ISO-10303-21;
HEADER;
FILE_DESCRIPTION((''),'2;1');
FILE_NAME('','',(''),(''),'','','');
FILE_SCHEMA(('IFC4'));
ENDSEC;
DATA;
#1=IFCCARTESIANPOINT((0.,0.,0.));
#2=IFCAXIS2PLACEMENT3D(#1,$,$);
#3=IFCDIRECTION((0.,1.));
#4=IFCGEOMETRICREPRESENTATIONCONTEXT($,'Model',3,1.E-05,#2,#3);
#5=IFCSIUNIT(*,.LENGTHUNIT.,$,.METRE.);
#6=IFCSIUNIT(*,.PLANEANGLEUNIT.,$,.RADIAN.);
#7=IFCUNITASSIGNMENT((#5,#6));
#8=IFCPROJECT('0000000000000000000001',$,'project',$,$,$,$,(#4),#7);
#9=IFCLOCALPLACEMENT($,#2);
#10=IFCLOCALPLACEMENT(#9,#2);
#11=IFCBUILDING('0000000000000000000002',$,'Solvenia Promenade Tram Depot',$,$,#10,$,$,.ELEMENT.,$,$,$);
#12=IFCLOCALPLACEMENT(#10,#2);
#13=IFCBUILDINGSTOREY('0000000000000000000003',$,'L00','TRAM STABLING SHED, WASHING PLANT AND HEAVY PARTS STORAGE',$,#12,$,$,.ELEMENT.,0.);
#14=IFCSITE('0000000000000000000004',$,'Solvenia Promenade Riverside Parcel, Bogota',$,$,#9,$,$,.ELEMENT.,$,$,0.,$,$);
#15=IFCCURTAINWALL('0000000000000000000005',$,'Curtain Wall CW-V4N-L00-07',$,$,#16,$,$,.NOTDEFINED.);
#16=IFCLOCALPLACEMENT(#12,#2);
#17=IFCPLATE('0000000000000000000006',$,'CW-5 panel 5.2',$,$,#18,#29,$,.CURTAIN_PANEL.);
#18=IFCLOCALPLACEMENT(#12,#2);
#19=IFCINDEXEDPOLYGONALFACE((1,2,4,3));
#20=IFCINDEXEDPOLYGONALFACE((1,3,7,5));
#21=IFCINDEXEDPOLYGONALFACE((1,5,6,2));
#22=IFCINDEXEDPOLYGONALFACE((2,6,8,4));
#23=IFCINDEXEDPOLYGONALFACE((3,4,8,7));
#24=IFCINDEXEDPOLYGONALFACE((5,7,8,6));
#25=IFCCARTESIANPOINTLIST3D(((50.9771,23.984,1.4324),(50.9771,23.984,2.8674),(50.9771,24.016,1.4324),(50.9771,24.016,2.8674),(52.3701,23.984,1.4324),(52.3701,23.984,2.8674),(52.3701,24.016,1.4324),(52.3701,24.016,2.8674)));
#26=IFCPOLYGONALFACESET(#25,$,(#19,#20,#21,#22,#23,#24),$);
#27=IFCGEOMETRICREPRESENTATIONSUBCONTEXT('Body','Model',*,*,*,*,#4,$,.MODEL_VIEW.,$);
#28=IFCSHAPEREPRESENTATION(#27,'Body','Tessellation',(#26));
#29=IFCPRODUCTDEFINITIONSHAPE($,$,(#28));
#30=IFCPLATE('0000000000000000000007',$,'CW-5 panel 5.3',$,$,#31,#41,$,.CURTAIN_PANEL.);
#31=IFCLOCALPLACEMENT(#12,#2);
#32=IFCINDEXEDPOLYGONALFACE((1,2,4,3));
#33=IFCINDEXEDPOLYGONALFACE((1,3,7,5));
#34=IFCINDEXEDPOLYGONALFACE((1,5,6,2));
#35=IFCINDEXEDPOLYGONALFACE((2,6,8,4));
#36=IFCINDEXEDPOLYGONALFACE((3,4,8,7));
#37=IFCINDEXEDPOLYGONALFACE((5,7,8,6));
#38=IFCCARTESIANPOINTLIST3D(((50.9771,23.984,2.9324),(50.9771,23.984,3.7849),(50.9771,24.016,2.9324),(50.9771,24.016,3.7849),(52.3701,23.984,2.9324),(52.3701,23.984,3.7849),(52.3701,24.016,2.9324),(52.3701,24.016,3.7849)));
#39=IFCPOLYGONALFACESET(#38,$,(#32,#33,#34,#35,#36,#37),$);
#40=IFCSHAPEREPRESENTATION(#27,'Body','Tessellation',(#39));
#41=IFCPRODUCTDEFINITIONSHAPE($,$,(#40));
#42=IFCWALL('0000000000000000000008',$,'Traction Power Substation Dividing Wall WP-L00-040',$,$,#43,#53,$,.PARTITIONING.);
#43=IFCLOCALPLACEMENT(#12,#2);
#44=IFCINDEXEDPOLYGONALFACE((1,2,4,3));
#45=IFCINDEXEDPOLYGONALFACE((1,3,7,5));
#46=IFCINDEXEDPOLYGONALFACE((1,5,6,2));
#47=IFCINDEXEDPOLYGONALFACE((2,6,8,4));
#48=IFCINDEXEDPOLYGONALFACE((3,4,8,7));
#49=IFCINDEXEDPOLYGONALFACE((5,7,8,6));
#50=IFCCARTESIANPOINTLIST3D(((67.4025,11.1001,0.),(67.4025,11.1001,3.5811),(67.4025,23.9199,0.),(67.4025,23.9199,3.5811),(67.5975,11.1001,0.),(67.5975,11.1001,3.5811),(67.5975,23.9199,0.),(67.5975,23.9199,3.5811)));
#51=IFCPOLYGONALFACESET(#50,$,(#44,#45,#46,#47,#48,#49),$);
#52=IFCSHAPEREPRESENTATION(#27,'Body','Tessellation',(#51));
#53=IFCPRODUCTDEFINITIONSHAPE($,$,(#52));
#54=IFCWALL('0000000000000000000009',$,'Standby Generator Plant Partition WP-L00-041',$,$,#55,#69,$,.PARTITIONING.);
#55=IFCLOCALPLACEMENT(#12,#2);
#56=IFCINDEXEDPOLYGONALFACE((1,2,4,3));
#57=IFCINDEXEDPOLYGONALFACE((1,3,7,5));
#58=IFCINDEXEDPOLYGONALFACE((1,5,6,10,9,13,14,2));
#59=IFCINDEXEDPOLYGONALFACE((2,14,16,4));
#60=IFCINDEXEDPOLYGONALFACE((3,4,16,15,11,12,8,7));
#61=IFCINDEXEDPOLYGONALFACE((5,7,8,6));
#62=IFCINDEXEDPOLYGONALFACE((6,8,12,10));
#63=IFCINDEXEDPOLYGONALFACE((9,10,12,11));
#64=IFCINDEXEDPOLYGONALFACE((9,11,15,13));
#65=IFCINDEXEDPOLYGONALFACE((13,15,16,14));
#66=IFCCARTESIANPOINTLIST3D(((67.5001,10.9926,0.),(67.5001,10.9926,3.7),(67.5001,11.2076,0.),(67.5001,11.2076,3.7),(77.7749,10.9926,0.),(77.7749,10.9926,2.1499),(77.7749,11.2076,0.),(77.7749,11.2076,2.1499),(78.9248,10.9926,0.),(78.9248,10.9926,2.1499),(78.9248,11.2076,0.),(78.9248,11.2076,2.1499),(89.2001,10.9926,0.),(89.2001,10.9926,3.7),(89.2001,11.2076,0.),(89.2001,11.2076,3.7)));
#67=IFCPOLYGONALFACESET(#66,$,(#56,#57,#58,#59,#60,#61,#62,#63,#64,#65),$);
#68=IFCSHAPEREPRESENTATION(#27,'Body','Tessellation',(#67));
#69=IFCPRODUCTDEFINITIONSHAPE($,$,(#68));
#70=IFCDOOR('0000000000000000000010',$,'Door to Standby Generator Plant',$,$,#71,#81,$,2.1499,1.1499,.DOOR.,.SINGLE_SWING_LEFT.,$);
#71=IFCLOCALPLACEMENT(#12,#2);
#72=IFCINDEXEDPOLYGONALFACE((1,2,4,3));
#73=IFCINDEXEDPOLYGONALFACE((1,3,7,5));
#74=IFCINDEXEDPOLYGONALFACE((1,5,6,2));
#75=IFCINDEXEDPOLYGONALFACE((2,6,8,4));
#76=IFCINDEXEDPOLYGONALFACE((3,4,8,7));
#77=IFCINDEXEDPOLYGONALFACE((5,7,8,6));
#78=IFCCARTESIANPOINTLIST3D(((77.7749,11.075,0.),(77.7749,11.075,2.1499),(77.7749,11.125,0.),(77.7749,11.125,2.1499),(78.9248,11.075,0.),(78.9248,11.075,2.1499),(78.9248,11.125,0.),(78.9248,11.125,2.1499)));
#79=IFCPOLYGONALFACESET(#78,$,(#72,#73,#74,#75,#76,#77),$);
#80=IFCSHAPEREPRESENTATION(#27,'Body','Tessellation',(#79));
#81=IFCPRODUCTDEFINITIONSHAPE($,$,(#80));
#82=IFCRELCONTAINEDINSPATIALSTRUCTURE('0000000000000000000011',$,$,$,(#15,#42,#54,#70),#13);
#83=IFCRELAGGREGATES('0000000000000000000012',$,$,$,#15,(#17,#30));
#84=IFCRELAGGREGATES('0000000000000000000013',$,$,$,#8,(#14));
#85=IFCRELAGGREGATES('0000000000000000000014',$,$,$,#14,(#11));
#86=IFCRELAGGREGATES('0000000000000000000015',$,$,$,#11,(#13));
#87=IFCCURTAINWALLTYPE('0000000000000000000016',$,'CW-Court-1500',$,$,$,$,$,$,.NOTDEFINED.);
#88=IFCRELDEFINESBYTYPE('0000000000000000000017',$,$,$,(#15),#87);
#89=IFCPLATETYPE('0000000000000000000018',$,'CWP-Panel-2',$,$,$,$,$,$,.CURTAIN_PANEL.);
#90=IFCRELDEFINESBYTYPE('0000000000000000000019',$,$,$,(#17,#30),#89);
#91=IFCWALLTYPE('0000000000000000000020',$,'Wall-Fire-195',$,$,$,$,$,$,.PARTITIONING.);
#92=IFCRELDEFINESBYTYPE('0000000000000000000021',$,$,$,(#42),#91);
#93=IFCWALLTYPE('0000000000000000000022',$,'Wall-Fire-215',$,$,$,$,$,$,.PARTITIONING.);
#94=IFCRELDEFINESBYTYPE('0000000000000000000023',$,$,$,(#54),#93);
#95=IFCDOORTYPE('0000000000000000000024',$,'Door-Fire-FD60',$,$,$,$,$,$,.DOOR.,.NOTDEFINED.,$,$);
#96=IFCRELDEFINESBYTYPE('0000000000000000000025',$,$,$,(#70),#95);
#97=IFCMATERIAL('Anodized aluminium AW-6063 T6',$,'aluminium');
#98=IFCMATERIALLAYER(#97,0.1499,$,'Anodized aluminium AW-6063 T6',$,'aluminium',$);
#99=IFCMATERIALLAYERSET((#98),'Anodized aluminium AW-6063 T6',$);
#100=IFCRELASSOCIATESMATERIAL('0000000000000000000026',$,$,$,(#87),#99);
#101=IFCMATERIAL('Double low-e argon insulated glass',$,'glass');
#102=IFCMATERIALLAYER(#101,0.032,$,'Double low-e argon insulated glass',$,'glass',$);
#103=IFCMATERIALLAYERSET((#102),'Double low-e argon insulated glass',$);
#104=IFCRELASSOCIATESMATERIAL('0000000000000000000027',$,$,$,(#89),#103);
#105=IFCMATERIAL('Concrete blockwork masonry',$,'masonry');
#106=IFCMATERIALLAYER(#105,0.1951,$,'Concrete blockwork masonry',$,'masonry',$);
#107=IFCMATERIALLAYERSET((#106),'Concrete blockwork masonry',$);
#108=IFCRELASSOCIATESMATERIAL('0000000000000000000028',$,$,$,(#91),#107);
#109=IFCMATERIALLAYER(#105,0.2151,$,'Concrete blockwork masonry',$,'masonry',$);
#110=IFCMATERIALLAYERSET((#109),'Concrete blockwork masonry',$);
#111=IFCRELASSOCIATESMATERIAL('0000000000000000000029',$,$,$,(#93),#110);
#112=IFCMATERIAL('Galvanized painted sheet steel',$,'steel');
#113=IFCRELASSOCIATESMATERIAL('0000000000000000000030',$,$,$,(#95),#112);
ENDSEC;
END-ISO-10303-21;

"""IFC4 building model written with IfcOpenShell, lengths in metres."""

from ifc_helpers import new_model, si_unit, direction, frame, frame_2d, origin, origin_2d, place, context, subcontext, project, spatial, rectangle, extrude, material, layer, layer_set, type_object, element, fill, aggregate, save


model = new_model("IFC4")

# Units and contexts
model_context = context("Model", 3, precision=1e-05, world=origin(), true_north=direction((0.0, 1.0)))
body_context = subcontext(model_context, "Body", "Model", "MODEL_VIEW")
ifc_project = project(units=[si_unit("LENGTHUNIT", "METRE"), si_unit("PLANEANGLEUNIT", "RADIAN")], contexts=[model_context])

# Site, building, storey
site_placement = place(None, origin())
site = spatial("IfcSite", under=ifc_project, at=site_placement, Name="Solvenia Promenade Riverside Parcel, Bogota", CompositionType="ELEMENT", RefElevation=0.0)
building_placement = place(site_placement, origin())
building = spatial("IfcBuilding", under=site, at=building_placement, Name="Solvenia Promenade Tram Depot", CompositionType="ELEMENT")
storey_placement = place(building_placement, origin())
storey = spatial("IfcBuildingStorey", under=building, at=storey_placement, Name="L00", Description="TRAM STABLING SHED, WASHING PLANT AND HEAVY PARTS STORAGE", CompositionType="ELEMENT", Elevation=0.0)

# Curtain wall
ifc_material_1 = material(Name="Anodized aluminium AW-6063 T6", Category="aluminium")
ifc_layer_1 = layer(ifc_material_1, 0.1499, Name="Anodized aluminium AW-6063 T6", Category="aluminium")
ifc_layer_set_1 = layer_set([ifc_layer_1], Name="Anodized aluminium AW-6063 T6")
curtain_wall_type = type_object("IfcCurtainWallType", Name="CW-Court-1500", PredefinedType="NOTDEFINED", material=ifc_layer_set_1)
curtain_wall_1_placement = place(storey_placement, origin())
curtain_wall_1 = element("IfcCurtainWall", 1, at=curtain_wall_1_placement, inside=storey, type_object=curtain_wall_type, Name="Curtain Wall CW-V4N-L00-07", PredefinedType="NOTDEFINED")

# Plates
ifc_material_2 = material(Name="Double low-e argon insulated glass", Category="glass")
ifc_layer_2 = layer(ifc_material_2, 0.032, Name="Double low-e argon insulated glass", Category="glass")
ifc_layer_set_2 = layer_set([ifc_layer_2], Name="Double low-e argon insulated glass")
plate_type = type_object("IfcPlateType", Name="CWP-Panel-2", PredefinedType="CURTAIN_PANEL", material=ifc_layer_set_2)
plate_1_placement = place(storey_placement, frame((51.6736, 24.0, 1.4324), z_axis=(0.0, 0.0, 1.0), x_axis=(1.0, 0.0, 0.0)))
plate_1 = element("IfcPlate", 2, at=plate_1_placement, type_object=plate_type, Name="CW-5 panel 5.2", PredefinedType="CURTAIN_PANEL", context=body_context, shape_type="SweptSolid", body=[
    extrude(rectangle(XDim=1.3931, YDim=0.032, at=origin_2d()), origin(), (0.0, 0.0, 1.0), 1.4351),
])
plate_2_placement = place(storey_placement, frame((51.6736, 24.0, 2.9324), z_axis=(0.0, 0.0, 1.0), x_axis=(1.0, 0.0, 0.0)))
plate_2 = element("IfcPlate", 3, at=plate_2_placement, type_object=plate_type, Name="CW-5 panel 5.3", PredefinedType="CURTAIN_PANEL", context=body_context, shape_type="SweptSolid", body=[
    extrude(rectangle(XDim=1.3931, YDim=0.032, at=origin_2d()), origin(), (0.0, 0.0, 1.0), 0.8525),
])
aggregate(curtain_wall_1, [plate_1, plate_2])

# Wall
ifc_material_3 = material(Name="Concrete blockwork masonry", Category="masonry")
ifc_layer_3 = layer(ifc_material_3, 0.1951, Name="Concrete blockwork masonry", Category="masonry")
ifc_layer_set_3 = layer_set([ifc_layer_3], Name="Concrete blockwork masonry")
wall_type_1 = type_object("IfcWallType", Name="Wall-Fire-195", PredefinedType="PARTITIONING", material=ifc_layer_set_3)
wall_1_placement = place(storey_placement, frame((67.5, 11.1001, 0.0), z_axis=(0.0, 0.0, 1.0), x_axis=(0.0, 1.0, 0.0)))
element("IfcWall", 4, at=wall_1_placement, inside=storey, type_object=wall_type_1, Name="Traction Power Substation Dividing Wall WP-L00-040", PredefinedType="PARTITIONING", context=body_context, shape_type="SweptSolid", body=[
    extrude(rectangle(XDim=12.8198, YDim=0.1951, at=frame_2d((6.4099, 0.0))), origin(), (0.0, 0.0, 1.0), 3.5811),
])

# Wall, opening, door
ifc_layer_4 = layer(ifc_material_3, 0.2151, Name="Concrete blockwork masonry", Category="masonry")
ifc_layer_set_4 = layer_set([ifc_layer_4], Name="Concrete blockwork masonry")
wall_type_2 = type_object("IfcWallType", Name="Wall-Fire-215", PredefinedType="PARTITIONING", material=ifc_layer_set_4)
wall_2_placement = place(storey_placement, frame((67.5, 11.1001, 0.0), z_axis=(0.0, 0.0, 1.0), x_axis=(1.0, 0.0, 0.0)))
wall_2 = element("IfcWall", 5, at=wall_2_placement, inside=storey, type_object=wall_type_2, Name="Standby Generator Plant Partition WP-L00-041", PredefinedType="PARTITIONING", context=body_context, shape_type="SweptSolid", body=[
    extrude(rectangle(XDim=21.7, YDim=0.2151, at=frame_2d((10.8501, 0.0))), origin(), (0.0, 0.0, 1.0), 3.7),
])
opening_placement = place(wall_2_placement, frame((10.2749, 0.0, 0.0)))
opening = element("IfcOpeningElement", 6, at=opening_placement, cuts=wall_2, PredefinedType="OPENING", context=body_context, shape_type="SweptSolid", body=[
    extrude(rectangle(XDim=1.1499, YDim=2.1499, at=frame_2d((0.575, 1.075))), frame((0.0, 0.1174, 0.0), z_axis=(0.0, -1.0, 0.0), x_axis=(1.0, 0.0, 0.0)), (0.0, 0.0, 1.0), 0.2351),
])
ifc_material_4 = material(Name="Galvanized painted sheet steel", Category="steel")
door_type = type_object("IfcDoorType", Name="Door-Fire-FD60", OperationType="NOTDEFINED", PredefinedType="DOOR", material=ifc_material_4)
door_placement = place(opening_placement, origin())
door = element("IfcDoor", 7, at=door_placement, inside=storey, type_object=door_type, Name="Door to Standby Generator Plant", OperationType="SINGLE_SWING_LEFT", OverallHeight=2.1499, OverallWidth=1.1499, PredefinedType="DOOR", context=body_context, shape_type="SweptSolid", body=[
    extrude(rectangle(XDim=1.1499, YDim=2.1499, at=frame_2d((0.575, 1.075))), frame((0.0, 0.0249, 0.0), z_axis=(0.0, -1.0, 0.0), x_axis=(1.0, 0.0, 0.0)), (0.0, 0.0, 1.0), 0.05),
])
fill(opening, door)

save(model, "model.ifc")
